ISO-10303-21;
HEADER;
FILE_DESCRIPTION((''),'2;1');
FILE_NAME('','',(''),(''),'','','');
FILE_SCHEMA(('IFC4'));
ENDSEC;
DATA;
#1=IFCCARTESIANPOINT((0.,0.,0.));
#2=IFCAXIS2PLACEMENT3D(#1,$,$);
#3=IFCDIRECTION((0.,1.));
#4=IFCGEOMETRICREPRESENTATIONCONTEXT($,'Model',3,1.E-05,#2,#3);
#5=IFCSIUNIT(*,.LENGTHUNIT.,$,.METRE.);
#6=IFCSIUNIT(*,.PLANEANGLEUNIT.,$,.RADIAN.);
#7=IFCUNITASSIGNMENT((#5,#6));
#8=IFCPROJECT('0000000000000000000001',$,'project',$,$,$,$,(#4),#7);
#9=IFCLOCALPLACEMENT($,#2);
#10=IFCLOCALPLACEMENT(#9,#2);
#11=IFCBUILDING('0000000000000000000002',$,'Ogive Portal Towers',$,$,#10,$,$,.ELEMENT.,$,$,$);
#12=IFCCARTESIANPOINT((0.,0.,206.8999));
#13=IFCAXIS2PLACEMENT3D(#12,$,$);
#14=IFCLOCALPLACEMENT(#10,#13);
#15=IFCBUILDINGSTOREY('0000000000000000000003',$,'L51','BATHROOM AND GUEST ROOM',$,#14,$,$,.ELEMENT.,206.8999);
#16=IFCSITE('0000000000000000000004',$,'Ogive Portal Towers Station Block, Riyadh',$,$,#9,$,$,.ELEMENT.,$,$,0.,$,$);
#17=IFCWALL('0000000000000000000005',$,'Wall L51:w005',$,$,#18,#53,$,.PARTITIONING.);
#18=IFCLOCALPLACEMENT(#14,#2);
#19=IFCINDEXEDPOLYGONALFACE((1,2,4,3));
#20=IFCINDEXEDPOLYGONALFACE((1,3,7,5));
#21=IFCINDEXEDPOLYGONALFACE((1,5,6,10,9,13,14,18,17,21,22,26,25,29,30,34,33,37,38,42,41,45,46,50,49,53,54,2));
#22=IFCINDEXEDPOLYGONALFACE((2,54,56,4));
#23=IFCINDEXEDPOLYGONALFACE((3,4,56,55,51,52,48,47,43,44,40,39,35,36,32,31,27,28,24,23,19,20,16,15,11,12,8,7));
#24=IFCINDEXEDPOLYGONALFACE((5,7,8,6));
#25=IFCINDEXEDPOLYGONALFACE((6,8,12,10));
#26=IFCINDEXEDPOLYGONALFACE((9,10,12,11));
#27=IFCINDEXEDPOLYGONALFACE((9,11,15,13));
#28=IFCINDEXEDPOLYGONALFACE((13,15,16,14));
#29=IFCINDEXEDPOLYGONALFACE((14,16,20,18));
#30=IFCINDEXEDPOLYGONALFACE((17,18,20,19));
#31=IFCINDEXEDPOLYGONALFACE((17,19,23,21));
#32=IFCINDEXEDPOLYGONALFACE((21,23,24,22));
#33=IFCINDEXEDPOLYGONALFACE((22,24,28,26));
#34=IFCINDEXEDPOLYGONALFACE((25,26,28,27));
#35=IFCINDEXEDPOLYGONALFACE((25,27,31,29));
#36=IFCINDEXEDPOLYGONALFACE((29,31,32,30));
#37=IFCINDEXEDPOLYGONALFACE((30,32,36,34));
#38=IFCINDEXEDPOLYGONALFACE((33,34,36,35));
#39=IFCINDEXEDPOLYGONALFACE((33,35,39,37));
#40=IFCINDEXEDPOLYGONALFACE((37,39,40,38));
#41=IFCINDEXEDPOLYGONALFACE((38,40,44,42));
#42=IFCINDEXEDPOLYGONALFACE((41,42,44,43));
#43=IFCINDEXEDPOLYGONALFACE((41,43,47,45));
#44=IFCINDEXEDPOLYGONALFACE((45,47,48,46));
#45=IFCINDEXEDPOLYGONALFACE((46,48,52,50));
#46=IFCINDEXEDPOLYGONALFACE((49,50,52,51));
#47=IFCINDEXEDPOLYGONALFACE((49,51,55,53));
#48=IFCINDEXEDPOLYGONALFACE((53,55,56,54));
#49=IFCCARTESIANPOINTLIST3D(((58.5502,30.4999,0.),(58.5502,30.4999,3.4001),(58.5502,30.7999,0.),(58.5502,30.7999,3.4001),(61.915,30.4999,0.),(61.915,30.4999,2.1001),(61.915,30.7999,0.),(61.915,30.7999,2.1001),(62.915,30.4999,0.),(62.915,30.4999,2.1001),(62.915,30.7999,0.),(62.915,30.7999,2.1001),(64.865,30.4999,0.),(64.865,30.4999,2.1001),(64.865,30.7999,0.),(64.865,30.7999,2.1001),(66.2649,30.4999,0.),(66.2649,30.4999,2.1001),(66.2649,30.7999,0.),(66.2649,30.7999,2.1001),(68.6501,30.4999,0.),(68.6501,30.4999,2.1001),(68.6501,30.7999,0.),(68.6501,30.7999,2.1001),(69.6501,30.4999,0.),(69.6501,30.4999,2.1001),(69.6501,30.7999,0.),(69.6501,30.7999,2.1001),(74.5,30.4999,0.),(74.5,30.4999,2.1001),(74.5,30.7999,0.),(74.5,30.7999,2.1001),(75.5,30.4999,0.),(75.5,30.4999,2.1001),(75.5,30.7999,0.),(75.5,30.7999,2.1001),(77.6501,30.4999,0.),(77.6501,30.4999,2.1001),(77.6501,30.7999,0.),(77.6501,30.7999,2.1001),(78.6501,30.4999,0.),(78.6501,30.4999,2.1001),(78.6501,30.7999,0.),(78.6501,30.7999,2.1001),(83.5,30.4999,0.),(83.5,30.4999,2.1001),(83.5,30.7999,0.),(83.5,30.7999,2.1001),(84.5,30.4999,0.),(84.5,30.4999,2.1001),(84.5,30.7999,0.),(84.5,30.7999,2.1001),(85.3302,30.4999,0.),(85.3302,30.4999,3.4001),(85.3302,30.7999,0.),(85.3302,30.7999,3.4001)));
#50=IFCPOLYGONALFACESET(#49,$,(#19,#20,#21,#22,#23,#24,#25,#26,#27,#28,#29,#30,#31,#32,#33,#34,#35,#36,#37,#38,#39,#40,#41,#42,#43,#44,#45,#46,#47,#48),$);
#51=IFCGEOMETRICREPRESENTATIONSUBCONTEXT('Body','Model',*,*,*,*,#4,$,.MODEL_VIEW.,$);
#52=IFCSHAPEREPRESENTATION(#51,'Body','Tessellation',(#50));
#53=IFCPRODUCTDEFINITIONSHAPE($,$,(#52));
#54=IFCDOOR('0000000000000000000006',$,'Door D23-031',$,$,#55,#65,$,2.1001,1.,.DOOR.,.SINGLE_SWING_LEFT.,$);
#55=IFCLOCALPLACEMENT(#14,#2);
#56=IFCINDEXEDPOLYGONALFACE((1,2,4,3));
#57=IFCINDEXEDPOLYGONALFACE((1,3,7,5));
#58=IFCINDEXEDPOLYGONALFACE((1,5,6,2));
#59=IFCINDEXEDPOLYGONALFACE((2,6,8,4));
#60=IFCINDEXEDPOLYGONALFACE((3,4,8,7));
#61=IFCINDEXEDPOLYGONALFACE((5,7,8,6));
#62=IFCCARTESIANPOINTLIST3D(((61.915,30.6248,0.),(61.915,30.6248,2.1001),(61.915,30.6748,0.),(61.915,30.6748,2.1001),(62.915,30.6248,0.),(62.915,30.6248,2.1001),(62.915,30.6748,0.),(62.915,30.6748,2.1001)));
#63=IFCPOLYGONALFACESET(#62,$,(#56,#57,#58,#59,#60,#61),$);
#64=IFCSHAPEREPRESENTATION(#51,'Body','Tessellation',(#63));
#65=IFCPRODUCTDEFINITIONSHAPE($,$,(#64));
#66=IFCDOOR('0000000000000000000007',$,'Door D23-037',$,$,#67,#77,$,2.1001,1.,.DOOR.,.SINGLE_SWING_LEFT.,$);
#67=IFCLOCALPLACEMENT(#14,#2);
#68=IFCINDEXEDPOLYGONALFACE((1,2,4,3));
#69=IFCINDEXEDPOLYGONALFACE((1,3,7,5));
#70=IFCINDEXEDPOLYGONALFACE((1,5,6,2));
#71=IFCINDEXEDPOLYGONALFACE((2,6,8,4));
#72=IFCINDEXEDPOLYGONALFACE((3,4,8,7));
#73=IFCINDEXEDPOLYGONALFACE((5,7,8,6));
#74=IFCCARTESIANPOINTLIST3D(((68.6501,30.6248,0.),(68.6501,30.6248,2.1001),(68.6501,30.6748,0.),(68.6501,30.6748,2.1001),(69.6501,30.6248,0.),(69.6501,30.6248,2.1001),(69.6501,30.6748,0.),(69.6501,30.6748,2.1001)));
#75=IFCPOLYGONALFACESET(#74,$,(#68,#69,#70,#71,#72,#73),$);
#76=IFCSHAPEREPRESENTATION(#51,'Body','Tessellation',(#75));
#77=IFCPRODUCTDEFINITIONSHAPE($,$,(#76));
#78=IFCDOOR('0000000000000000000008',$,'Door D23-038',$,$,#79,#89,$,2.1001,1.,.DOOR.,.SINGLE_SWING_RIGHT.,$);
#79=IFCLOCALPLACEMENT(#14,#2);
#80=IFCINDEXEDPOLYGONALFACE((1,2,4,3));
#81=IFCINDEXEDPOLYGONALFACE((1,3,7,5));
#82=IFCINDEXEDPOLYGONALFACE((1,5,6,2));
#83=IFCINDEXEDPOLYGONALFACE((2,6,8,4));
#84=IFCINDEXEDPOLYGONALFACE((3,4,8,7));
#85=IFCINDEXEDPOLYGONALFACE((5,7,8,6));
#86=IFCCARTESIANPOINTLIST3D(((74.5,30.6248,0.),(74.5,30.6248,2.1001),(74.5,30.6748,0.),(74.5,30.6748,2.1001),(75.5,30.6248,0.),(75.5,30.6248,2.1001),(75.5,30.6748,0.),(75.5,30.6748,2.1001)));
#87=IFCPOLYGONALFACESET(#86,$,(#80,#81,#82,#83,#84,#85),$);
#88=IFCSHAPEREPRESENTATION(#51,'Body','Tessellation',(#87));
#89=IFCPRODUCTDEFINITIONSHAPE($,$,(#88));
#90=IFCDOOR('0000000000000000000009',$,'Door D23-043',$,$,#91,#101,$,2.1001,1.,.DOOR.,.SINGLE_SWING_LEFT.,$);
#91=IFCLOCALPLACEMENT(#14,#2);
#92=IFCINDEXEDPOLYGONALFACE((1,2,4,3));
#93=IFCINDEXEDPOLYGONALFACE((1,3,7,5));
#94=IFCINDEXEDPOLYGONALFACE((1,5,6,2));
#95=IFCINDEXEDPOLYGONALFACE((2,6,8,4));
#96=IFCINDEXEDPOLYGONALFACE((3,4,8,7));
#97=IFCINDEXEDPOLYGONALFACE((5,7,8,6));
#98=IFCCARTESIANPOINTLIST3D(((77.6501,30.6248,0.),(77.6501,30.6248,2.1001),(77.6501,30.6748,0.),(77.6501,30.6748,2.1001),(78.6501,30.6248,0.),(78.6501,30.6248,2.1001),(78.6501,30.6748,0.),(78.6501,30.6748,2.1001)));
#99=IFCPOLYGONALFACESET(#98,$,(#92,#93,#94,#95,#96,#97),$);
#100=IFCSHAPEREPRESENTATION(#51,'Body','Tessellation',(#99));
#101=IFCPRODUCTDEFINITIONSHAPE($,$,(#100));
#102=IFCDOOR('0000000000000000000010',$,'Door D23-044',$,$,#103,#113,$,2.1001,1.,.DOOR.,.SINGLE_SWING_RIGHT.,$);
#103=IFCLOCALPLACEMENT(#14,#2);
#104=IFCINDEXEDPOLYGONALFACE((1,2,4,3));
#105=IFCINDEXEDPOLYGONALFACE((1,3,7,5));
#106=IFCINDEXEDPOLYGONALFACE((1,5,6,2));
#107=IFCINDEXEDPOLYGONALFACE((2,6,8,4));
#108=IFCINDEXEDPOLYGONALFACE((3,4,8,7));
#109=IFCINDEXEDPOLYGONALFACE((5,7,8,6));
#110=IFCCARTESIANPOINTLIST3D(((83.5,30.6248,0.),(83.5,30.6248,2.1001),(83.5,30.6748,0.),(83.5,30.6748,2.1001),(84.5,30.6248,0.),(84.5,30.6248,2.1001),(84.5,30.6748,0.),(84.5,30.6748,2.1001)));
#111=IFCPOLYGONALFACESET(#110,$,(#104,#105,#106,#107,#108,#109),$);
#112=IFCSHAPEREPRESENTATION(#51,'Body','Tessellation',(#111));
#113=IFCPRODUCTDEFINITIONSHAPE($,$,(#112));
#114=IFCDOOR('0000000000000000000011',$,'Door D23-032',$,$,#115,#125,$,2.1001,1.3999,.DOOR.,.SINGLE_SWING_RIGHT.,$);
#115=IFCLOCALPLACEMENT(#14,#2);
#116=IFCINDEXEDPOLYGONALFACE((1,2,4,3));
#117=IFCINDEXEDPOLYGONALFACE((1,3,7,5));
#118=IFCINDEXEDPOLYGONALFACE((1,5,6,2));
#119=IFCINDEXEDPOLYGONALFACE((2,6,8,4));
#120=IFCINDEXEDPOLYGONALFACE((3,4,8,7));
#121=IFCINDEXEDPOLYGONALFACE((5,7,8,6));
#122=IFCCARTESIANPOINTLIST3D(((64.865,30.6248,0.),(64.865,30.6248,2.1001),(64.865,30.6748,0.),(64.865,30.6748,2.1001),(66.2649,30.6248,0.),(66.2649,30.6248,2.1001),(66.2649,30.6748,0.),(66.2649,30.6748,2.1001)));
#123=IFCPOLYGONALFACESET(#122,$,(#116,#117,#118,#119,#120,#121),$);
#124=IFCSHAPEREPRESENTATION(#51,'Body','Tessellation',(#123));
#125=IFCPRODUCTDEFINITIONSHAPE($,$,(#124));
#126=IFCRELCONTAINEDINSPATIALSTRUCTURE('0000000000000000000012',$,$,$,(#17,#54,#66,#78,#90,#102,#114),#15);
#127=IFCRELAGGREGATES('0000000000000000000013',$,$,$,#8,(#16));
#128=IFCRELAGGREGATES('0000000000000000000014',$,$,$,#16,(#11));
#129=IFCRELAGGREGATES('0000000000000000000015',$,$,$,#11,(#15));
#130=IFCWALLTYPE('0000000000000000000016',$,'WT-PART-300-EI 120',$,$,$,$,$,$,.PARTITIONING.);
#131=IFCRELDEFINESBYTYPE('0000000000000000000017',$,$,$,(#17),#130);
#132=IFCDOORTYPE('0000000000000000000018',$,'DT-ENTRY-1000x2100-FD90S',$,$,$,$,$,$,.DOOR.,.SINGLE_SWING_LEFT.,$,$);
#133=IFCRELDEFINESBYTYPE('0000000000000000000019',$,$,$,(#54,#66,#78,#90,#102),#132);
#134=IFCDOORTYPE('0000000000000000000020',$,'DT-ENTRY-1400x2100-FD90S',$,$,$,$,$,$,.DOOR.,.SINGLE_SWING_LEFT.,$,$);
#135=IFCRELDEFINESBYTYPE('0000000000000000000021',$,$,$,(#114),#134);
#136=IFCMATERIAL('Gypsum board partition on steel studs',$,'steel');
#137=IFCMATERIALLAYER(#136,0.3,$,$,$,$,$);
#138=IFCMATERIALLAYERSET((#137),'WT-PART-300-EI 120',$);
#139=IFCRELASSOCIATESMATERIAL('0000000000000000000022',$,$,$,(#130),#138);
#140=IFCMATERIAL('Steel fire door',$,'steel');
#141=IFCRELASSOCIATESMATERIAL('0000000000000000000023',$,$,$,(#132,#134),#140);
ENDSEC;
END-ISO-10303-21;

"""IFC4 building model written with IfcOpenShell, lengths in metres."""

from ifc_helpers import new_model, si_unit, direction, frame, frame_2d, origin, place, context, subcontext, project, spatial, rectangle, extrude, material, layer, layer_set, type_object, element, fill, save


model = new_model("IFC4")

# Units and contexts
model_context = context("Model", 3, precision=1e-05, world=origin(), true_north=direction((0.0, 1.0)))
body_context = subcontext(model_context, "Body", "Model", "MODEL_VIEW")
ifc_project = project(units=[si_unit("LENGTHUNIT", "METRE"), si_unit("PLANEANGLEUNIT", "RADIAN")], contexts=[model_context])

# Site, building, storey
site_placement = place(None, origin())
site = spatial("IfcSite", under=ifc_project, at=site_placement, Name="Ogive Portal Towers Station Block, Riyadh", CompositionType="ELEMENT", RefElevation=0.0)
building_placement = place(site_placement, origin())
building = spatial("IfcBuilding", under=site, at=building_placement, Name="Ogive Portal Towers", CompositionType="ELEMENT")
storey_placement = place(building_placement, frame((0.0, 0.0, 206.8999)))
storey = spatial("IfcBuildingStorey", under=building, at=storey_placement, Name="L51", Description="BATHROOM AND GUEST ROOM", CompositionType="ELEMENT", Elevation=206.8999)

# Wall, openings, doors
ifc_material_1 = material(Name="Gypsum board partition on steel studs", Category="steel")
ifc_layer_1 = layer(ifc_material_1, 0.3)
ifc_layer_set_1 = layer_set([ifc_layer_1], Name="WT-PART-300-EI 120")
wall_type_1 = type_object("IfcWallType", Name="WT-PART-300-EI 120", PredefinedType="PARTITIONING", material=ifc_layer_set_1)
wall_1_placement = place(storey_placement, frame((58.55, 30.6499, 0.0), z_axis=(0.0, 0.0, 1.0), x_axis=(1.0, 0.0, 0.0)))
wall_1 = element("IfcWall", 1, at=wall_1_placement, inside=storey, type_object=wall_type_1, Name="Wall L51:w005", PredefinedType="PARTITIONING", context=body_context, shape_type="SweptSolid", body=[
    extrude(rectangle(XDim=26.78, YDim=0.3, at=frame_2d((13.3901, 0.0))), origin(), (0.0, 0.0, 1.0), 3.4001),
])
opening_1_placement = place(wall_1_placement, frame((3.365, 0.0, 0.0)))
opening_1 = element("IfcOpeningElement", 2, at=opening_1_placement, cuts=wall_1, PredefinedType="OPENING", context=body_context, shape_type="SweptSolid", body=[
    extrude(rectangle(XDim=1.0, YDim=2.1001, at=frame_2d((0.5, 1.05))), frame((0.0, 0.1602, 0.0), z_axis=(0.0, -1.0, 0.0), x_axis=(1.0, 0.0, 0.0)), (0.0, 0.0, 1.0), 0.3201),
])
opening_2_placement = place(wall_1_placement, frame((6.3149, 0.0, 0.0)))
opening_2 = element("IfcOpeningElement", 3, at=opening_2_placement, cuts=wall_1, PredefinedType="OPENING", context=body_context, shape_type="SweptSolid", body=[
    extrude(rectangle(XDim=1.3999, YDim=2.1001, at=frame_2d((0.7, 1.05))), frame((0.0, 0.1602, 0.0), z_axis=(0.0, -1.0, 0.0), x_axis=(1.0, 0.0, 0.0)), (0.0, 0.0, 1.0), 0.3201),
])
opening_3_placement = place(wall_1_placement, frame((10.1001, 0.0, 0.0)))
opening_3 = element("IfcOpeningElement", 4, at=opening_3_placement, cuts=wall_1, PredefinedType="OPENING", context=body_context, shape_type="SweptSolid", body=[
    extrude(rectangle(XDim=1.0, YDim=2.1001, at=frame_2d((0.5, 1.05))), frame((0.0, 0.1602, 0.0), z_axis=(0.0, -1.0, 0.0), x_axis=(1.0, 0.0, 0.0)), (0.0, 0.0, 1.0), 0.3201),
])
opening_4_placement = place(wall_1_placement, frame((15.95, 0.0, 0.0)))
opening_4 = element("IfcOpeningElement", 5, at=opening_4_placement, cuts=wall_1, PredefinedType="OPENING", context=body_context, shape_type="SweptSolid", body=[
    extrude(rectangle(XDim=1.0, YDim=2.1001, at=frame_2d((0.5, 1.05))), frame((0.0, 0.1602, 0.0), z_axis=(0.0, -1.0, 0.0), x_axis=(1.0, 0.0, 0.0)), (0.0, 0.0, 1.0), 0.3201),
])
opening_5_placement = place(wall_1_placement, frame((19.1001, 0.0, 0.0)))
opening_5 = element("IfcOpeningElement", 6, at=opening_5_placement, cuts=wall_1, PredefinedType="OPENING", context=body_context, shape_type="SweptSolid", body=[
    extrude(rectangle(XDim=1.0, YDim=2.1001, at=frame_2d((0.5, 1.05))), frame((0.0, 0.1602, 0.0), z_axis=(0.0, -1.0, 0.0), x_axis=(1.0, 0.0, 0.0)), (0.0, 0.0, 1.0), 0.3201),
])
opening_6_placement = place(wall_1_placement, frame((24.95, 0.0, 0.0)))
opening_6 = element("IfcOpeningElement", 7, at=opening_6_placement, cuts=wall_1, PredefinedType="OPENING", context=body_context, shape_type="SweptSolid", body=[
    extrude(rectangle(XDim=1.0, YDim=2.1001, at=frame_2d((0.5, 1.05))), frame((0.0, 0.1602, 0.0), z_axis=(0.0, -1.0, 0.0), x_axis=(1.0, 0.0, 0.0)), (0.0, 0.0, 1.0), 0.3201),
])
ifc_material_2 = material(Name="Steel fire door", Category="steel")
door_type_1 = type_object("IfcDoorType", Name="DT-ENTRY-1000x2100-FD90S", OperationType="SINGLE_SWING_LEFT", PredefinedType="DOOR", material=ifc_material_2)
door_1_placement = place(opening_1_placement, origin())
door_1 = element("IfcDoor", 8, at=door_1_placement, inside=storey, type_object=door_type_1, Name="Door D23-031", OperationType="SINGLE_SWING_LEFT", OverallHeight=2.1001, OverallWidth=1.0, PredefinedType="DOOR", context=body_context, shape_type="SweptSolid", body=[
    extrude(rectangle(XDim=1.0, YDim=2.1001, at=frame_2d((0.5, 1.05))), frame((0.0, 0.0249, 0.0), z_axis=(0.0, -1.0, 0.0), x_axis=(1.0, 0.0, 0.0)), (0.0, 0.0, 1.0), 0.05),
])
fill(opening_1, door_1)
door_2_placement = place(opening_3_placement, origin())
door_2 = element("IfcDoor", 9, at=door_2_placement, inside=storey, type_object=door_type_1, Name="Door D23-037", OperationType="SINGLE_SWING_LEFT", OverallHeight=2.1001, OverallWidth=1.0, PredefinedType="DOOR", context=body_context, shape_type="SweptSolid", body=[
    extrude(rectangle(XDim=1.0, YDim=2.1001, at=frame_2d((0.5, 1.05))), frame((0.0, 0.0249, 0.0), z_axis=(0.0, -1.0, 0.0), x_axis=(1.0, 0.0, 0.0)), (0.0, 0.0, 1.0), 0.05),
])
fill(opening_3, door_2)
door_3_placement = place(opening_4_placement, origin())
door_3 = element("IfcDoor", 10, at=door_3_placement, inside=storey, type_object=door_type_1, Name="Door D23-038", OperationType="SINGLE_SWING_RIGHT", OverallHeight=2.1001, OverallWidth=1.0, PredefinedType="DOOR", context=body_context, shape_type="SweptSolid", body=[
    extrude(rectangle(XDim=1.0, YDim=2.1001, at=frame_2d((0.5, 1.05))), frame((0.0, 0.0249, 0.0), z_axis=(0.0, -1.0, 0.0), x_axis=(1.0, 0.0, 0.0)), (0.0, 0.0, 1.0), 0.05),
])
fill(opening_4, door_3)
door_4_placement = place(opening_5_placement, origin())
door_4 = element("IfcDoor", 11, at=door_4_placement, inside=storey, type_object=door_type_1, Name="Door D23-043", OperationType="SINGLE_SWING_LEFT", OverallHeight=2.1001, OverallWidth=1.0, PredefinedType="DOOR", context=body_context, shape_type="SweptSolid", body=[
    extrude(rectangle(XDim=1.0, YDim=2.1001, at=frame_2d((0.5, 1.05))), frame((0.0, 0.0249, 0.0), z_axis=(0.0, -1.0, 0.0), x_axis=(1.0, 0.0, 0.0)), (0.0, 0.0, 1.0), 0.05),
])
fill(opening_5, door_4)
door_5_placement = place(opening_6_placement, origin())
door_5 = element("IfcDoor", 12, at=door_5_placement, inside=storey, type_object=door_type_1, Name="Door D23-044", OperationType="SINGLE_SWING_RIGHT", OverallHeight=2.1001, OverallWidth=1.0, PredefinedType="DOOR", context=body_context, shape_type="SweptSolid", body=[
    extrude(rectangle(XDim=1.0, YDim=2.1001, at=frame_2d((0.5, 1.05))), frame((0.0, 0.0249, 0.0), z_axis=(0.0, -1.0, 0.0), x_axis=(1.0, 0.0, 0.0)), (0.0, 0.0, 1.0), 0.05),
])
fill(opening_6, door_5)
door_type_2 = type_object("IfcDoorType", Name="DT-ENTRY-1400x2100-FD90S", OperationType="SINGLE_SWING_LEFT", PredefinedType="DOOR", material=ifc_material_2)
door_6_placement = place(opening_2_placement, origin())
door_6 = element("IfcDoor", 13, at=door_6_placement, inside=storey, type_object=door_type_2, Name="Door D23-032", OperationType="SINGLE_SWING_RIGHT", OverallHeight=2.1001, OverallWidth=1.3999, PredefinedType="DOOR", context=body_context, shape_type="SweptSolid", body=[
    extrude(rectangle(XDim=1.3999, YDim=2.1001, at=frame_2d((0.7, 1.05))), frame((0.0, 0.0249, 0.0), z_axis=(0.0, -1.0, 0.0), x_axis=(1.0, 0.0, 0.0)), (0.0, 0.0, 1.0), 0.05),
])
fill(opening_2, door_6)

save(model, "model.ifc")
